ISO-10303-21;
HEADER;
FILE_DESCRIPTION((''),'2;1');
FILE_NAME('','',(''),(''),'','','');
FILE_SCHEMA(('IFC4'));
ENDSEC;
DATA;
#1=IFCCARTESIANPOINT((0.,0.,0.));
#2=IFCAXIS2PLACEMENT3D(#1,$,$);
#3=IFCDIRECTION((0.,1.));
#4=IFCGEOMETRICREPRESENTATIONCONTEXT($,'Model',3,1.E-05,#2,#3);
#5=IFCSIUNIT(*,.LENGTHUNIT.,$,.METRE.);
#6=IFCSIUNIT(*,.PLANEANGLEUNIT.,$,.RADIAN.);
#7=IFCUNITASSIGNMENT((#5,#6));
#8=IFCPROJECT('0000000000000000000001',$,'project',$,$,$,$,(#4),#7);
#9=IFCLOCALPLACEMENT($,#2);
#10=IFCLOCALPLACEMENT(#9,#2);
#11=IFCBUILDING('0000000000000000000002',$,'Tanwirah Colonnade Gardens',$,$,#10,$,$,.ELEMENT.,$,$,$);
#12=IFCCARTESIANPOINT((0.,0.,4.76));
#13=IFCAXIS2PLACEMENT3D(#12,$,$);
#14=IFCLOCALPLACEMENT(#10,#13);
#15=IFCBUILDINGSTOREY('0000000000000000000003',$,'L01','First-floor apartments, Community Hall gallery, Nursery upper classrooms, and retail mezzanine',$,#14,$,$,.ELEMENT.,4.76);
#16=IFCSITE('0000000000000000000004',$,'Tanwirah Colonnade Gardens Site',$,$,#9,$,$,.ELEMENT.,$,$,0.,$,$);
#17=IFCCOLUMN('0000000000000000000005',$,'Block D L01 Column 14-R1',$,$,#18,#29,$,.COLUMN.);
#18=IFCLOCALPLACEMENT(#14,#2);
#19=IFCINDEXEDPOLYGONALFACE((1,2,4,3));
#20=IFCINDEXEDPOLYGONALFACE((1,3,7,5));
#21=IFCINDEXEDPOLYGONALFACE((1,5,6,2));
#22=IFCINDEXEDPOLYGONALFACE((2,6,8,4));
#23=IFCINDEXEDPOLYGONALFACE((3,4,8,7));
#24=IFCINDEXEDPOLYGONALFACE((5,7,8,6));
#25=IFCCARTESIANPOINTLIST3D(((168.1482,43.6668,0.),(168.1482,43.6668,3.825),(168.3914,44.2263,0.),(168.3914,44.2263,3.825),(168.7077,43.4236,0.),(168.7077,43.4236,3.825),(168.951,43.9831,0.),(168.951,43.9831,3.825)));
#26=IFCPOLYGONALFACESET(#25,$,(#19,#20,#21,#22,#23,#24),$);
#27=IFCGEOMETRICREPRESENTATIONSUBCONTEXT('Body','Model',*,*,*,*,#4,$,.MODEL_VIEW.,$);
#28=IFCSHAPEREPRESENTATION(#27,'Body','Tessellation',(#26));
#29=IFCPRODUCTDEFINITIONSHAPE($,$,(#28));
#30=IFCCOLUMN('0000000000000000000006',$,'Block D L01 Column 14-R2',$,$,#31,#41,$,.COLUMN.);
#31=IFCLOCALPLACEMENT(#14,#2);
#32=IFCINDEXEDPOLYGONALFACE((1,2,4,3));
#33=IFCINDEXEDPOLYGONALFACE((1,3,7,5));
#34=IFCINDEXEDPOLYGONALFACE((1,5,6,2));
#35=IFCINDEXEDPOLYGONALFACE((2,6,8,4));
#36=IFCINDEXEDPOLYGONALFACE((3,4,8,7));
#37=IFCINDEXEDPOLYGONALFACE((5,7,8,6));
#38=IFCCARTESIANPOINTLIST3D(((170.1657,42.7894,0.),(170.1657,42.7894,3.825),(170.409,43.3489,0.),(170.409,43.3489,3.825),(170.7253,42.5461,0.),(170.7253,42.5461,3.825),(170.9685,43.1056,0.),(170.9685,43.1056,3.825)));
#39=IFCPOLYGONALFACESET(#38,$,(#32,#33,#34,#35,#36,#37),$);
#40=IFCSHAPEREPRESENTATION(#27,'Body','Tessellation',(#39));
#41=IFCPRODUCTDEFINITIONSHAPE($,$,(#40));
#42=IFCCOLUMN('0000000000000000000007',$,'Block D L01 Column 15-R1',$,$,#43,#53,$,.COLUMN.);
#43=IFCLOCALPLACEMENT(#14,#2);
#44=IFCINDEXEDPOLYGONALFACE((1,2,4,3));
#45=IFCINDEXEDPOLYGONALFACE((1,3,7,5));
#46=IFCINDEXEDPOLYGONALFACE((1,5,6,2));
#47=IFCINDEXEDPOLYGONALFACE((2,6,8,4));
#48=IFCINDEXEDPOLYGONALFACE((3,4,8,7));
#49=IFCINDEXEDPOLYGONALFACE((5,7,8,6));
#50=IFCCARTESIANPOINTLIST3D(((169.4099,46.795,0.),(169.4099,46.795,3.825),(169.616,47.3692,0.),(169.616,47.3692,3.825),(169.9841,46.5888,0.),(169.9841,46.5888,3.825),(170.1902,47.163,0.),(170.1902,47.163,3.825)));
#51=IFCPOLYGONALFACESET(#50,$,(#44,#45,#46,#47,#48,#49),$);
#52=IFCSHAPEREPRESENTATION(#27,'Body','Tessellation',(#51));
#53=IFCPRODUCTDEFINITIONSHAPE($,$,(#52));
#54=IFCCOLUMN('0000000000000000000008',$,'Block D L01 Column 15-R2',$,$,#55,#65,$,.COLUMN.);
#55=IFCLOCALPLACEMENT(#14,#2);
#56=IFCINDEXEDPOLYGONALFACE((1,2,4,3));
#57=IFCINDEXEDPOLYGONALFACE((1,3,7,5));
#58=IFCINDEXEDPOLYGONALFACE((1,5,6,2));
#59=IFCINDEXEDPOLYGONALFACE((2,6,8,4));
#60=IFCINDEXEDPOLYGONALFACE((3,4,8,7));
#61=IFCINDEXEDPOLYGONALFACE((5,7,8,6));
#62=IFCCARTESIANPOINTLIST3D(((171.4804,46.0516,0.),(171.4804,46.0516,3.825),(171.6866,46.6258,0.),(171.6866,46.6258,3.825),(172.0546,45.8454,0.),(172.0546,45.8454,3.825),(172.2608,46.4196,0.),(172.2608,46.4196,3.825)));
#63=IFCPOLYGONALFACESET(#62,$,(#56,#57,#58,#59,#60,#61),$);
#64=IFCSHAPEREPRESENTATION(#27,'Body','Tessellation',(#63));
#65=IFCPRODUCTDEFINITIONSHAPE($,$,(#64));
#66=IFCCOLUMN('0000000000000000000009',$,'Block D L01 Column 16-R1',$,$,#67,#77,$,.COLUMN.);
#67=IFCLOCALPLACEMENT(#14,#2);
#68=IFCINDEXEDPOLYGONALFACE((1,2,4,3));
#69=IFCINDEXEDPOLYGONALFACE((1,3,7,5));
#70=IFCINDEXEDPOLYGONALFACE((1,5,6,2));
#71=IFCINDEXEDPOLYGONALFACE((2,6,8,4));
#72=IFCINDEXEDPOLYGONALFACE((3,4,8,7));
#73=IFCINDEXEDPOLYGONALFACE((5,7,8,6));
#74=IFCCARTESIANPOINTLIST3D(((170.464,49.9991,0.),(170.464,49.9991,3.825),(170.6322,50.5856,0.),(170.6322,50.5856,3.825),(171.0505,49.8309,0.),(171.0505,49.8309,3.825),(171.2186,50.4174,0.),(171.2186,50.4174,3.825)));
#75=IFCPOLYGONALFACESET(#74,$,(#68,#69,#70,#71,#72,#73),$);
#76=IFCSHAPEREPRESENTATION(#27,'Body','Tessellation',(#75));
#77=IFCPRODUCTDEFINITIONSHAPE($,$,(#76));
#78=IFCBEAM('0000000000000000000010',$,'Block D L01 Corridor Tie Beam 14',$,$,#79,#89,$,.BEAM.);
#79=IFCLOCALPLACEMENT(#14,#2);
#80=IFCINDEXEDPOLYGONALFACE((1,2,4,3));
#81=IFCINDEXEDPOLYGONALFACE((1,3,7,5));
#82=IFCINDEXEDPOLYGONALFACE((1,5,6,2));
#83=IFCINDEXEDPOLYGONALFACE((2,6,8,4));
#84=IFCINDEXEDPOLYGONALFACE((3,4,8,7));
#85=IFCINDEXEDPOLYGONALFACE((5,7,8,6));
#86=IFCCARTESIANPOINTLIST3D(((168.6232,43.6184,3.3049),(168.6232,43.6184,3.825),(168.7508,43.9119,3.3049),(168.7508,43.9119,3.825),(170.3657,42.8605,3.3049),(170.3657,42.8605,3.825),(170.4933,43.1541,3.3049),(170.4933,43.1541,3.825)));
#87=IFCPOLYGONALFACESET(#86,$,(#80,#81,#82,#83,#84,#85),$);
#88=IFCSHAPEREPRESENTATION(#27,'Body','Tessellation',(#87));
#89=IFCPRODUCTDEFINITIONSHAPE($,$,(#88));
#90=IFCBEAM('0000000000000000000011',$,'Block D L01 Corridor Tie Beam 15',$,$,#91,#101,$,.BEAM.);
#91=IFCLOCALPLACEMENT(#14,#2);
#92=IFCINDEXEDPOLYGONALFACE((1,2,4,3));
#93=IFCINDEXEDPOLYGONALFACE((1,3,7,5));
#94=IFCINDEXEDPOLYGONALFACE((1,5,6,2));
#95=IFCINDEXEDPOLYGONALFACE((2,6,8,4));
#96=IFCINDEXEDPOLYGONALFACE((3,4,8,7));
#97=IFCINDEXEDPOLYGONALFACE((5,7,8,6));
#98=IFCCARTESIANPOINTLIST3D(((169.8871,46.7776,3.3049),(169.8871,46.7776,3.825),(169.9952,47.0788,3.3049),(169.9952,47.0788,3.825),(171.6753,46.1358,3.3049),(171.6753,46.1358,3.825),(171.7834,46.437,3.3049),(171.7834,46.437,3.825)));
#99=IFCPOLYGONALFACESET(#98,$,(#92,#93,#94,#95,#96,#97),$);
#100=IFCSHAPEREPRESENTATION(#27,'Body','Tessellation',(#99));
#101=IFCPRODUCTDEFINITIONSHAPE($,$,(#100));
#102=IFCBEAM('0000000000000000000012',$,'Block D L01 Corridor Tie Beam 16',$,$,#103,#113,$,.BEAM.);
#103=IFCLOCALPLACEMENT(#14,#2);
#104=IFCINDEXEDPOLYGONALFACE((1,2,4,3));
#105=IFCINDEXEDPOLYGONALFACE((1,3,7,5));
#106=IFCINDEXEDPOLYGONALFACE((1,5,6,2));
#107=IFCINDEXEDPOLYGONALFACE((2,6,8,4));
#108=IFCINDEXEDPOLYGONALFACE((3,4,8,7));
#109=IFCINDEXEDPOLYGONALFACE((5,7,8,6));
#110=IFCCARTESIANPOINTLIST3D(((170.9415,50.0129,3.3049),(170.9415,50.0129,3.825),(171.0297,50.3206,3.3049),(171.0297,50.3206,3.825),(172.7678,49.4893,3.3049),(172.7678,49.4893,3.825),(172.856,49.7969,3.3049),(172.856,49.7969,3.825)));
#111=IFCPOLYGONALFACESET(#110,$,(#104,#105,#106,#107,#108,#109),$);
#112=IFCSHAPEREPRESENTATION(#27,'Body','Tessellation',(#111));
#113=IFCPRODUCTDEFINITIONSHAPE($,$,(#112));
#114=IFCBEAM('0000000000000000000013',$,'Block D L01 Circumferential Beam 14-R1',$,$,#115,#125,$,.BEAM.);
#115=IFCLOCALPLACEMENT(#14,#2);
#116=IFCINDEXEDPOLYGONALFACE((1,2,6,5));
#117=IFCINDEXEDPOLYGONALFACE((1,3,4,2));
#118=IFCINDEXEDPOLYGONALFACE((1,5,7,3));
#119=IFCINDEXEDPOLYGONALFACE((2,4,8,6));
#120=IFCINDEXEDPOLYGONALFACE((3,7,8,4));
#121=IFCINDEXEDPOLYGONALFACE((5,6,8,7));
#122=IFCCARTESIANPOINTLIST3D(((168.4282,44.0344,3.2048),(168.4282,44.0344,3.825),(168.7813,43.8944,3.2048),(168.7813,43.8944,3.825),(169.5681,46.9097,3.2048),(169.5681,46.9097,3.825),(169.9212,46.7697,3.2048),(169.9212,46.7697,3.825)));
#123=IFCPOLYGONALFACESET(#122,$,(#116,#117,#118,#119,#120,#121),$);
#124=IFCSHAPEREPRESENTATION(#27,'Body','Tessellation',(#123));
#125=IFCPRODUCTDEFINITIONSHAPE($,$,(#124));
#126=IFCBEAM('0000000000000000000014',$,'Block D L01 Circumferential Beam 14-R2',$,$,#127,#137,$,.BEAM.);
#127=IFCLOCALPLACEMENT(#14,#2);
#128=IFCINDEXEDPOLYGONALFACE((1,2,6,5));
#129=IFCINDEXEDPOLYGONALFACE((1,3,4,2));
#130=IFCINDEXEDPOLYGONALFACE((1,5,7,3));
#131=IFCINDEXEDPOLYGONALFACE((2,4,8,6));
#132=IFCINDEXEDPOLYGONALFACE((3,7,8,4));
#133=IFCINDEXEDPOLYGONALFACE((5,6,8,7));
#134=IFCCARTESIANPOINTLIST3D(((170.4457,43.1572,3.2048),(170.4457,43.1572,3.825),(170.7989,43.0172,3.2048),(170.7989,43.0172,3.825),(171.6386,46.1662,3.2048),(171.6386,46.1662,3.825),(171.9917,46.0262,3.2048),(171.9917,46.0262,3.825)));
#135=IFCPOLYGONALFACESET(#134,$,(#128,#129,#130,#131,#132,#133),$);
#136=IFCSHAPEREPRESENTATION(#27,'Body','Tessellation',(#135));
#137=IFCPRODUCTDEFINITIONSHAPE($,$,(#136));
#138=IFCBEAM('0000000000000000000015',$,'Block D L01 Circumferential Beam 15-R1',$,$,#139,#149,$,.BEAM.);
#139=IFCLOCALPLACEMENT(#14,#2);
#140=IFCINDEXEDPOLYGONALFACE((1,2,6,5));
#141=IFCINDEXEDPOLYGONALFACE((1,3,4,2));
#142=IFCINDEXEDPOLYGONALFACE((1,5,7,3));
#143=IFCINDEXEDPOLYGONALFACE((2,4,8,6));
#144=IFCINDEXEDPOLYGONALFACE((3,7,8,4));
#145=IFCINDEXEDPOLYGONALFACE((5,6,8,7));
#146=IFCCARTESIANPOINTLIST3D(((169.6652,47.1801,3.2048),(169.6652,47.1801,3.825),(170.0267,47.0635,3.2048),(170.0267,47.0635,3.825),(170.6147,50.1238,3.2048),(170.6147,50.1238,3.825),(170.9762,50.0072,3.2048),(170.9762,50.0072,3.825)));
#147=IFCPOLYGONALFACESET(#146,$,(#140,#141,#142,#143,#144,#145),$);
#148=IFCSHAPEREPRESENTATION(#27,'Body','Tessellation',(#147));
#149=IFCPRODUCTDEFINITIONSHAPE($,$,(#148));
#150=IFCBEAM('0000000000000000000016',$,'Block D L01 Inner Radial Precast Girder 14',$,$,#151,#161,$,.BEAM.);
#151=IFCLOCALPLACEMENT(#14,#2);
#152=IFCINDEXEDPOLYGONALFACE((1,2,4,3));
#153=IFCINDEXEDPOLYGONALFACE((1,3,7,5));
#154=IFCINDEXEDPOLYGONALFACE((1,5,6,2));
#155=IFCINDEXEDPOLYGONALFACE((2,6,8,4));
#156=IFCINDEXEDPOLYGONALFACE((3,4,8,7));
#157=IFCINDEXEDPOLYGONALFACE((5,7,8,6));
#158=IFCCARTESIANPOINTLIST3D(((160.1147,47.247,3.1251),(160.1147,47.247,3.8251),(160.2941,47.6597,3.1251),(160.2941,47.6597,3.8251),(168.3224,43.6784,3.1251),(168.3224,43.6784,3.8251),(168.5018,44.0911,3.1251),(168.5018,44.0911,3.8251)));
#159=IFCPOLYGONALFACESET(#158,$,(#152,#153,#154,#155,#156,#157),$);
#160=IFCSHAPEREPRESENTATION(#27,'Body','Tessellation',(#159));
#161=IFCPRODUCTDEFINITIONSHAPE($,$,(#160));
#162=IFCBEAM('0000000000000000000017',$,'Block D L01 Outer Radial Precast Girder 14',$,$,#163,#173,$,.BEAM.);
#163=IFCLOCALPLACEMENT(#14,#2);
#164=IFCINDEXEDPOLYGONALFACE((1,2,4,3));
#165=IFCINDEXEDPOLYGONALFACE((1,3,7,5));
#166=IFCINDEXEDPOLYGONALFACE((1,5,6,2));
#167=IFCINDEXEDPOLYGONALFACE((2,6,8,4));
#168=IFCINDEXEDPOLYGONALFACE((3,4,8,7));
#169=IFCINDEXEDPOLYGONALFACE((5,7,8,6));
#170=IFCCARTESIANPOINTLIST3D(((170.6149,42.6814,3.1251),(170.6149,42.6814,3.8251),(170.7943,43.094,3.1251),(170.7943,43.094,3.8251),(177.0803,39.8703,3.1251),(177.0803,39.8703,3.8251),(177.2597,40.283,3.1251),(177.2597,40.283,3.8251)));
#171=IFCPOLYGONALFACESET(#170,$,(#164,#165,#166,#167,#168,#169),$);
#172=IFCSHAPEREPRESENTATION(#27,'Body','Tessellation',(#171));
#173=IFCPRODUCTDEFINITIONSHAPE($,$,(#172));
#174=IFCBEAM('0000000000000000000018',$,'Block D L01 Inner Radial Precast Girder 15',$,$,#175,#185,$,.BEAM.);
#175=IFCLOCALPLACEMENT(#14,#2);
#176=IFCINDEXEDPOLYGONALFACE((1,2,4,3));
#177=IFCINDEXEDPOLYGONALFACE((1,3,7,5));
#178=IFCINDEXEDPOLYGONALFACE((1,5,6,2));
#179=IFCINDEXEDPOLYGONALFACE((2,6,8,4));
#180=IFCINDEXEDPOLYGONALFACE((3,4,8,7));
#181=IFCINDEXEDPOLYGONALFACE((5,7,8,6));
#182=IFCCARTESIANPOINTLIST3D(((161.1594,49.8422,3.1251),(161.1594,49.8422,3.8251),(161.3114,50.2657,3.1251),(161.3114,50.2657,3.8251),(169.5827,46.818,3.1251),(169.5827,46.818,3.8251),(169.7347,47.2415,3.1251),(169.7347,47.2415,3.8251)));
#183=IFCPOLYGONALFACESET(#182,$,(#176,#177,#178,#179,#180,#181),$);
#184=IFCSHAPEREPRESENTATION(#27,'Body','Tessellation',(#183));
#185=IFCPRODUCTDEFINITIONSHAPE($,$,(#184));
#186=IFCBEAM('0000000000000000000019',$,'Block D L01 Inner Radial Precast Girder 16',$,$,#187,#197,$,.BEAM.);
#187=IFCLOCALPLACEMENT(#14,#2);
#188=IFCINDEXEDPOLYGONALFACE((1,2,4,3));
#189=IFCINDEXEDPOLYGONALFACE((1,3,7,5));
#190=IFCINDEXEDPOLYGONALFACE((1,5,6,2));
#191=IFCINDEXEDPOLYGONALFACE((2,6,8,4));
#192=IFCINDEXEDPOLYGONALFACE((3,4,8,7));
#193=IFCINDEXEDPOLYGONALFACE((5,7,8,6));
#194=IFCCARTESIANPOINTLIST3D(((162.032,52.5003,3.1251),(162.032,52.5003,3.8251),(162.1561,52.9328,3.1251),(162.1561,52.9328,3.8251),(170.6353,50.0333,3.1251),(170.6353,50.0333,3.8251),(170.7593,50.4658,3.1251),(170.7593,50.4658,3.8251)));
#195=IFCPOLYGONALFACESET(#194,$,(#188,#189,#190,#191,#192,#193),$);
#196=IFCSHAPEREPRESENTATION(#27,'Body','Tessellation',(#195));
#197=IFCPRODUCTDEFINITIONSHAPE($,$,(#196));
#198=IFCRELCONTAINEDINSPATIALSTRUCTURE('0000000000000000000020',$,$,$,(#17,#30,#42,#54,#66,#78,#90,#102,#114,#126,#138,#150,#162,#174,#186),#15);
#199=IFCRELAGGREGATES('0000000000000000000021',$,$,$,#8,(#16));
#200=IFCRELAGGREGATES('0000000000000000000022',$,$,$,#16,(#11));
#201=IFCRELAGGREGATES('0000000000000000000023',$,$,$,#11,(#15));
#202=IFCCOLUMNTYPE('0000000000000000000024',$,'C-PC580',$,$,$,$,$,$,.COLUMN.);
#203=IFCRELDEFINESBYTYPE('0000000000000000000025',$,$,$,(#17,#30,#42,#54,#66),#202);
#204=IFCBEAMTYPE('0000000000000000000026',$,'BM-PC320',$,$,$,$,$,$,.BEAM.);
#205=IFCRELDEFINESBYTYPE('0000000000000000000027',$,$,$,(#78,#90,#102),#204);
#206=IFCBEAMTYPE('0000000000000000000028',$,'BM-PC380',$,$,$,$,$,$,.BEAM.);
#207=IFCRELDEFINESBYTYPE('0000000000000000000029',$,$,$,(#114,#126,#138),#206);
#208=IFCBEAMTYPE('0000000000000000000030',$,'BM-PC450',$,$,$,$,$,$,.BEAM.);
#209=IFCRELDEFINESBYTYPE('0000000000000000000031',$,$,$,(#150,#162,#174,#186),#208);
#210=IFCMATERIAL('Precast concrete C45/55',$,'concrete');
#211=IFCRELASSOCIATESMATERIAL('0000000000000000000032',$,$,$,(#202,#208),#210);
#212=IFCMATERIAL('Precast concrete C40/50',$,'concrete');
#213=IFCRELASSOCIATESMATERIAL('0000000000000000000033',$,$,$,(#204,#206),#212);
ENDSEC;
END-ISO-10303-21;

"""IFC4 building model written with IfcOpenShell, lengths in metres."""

from ifc_helpers import new_model, si_unit, direction, frame, origin, origin_2d, place, context, subcontext, project, spatial, rectangle, extrude, material, material_profile, profile_set, type_object, element, save


model = new_model("IFC4")

# Units and contexts
model_context = context("Model", 3, precision=1e-05, world=origin(), true_north=direction((0.0, 1.0)))
body_context = subcontext(model_context, "Body", "Model", "MODEL_VIEW")
ifc_project = project(units=[si_unit("LENGTHUNIT", "METRE"), si_unit("PLANEANGLEUNIT", "RADIAN")], contexts=[model_context])

# Site, building, storey
site_placement = place(None, origin())
site = spatial("IfcSite", under=ifc_project, at=site_placement, Name="Tanwirah Colonnade Gardens Site", CompositionType="ELEMENT", RefElevation=0.0)
building_placement = place(site_placement, origin())
building = spatial("IfcBuilding", under=site, at=building_placement, Name="Tanwirah Colonnade Gardens", CompositionType="ELEMENT")
storey_placement = place(building_placement, frame((0.0, 0.0, 4.76)))
storey = spatial("IfcBuildingStorey", under=building, at=storey_placement, Name="L01", Description="First-floor apartments, Community Hall gallery, Nursery upper classrooms, and retail mezzanine", CompositionType="ELEMENT", Elevation=4.76)

# Columns
ifc_material_1 = material(Name="Precast concrete C45/55", Category="concrete")
ifc_material_profile_1 = material_profile(ifc_material_1, rectangle(XDim=0.6101, YDim=0.6101, at=origin_2d()), Name="PC-COL 610x610")
ifc_profile_set_1 = profile_set([ifc_material_profile_1], Name="Precast concrete C45/55")
column_type = type_object("IfcColumnType", Name="C-PC580", PredefinedType="COLUMN", material=ifc_profile_set_1)
for number, where, z_axis, x_axis, name in (
    (1, (168.5496, 43.825, 0.0), (0.0, 0.0, 1.0), (0.91706, -0.398749, 0.0), "Block D L01 Column 14-R1"),
    (2, (170.5671, 42.9475, 0.0), (0.0, 0.0, 1.0), (0.91706, -0.398749, 0.0), "Block D L01 Column 14-R2"),
    (3, (169.8, 46.979, 0.0), (0.0, 0.0, 1.0), (0.941176, -0.337917, 0.0), "Block D L01 Column 15-R1"),
    (4, (171.8706, 46.2356, 0.0), (0.0, 0.0, 1.0), (0.941176, -0.337917, 0.0), "Block D L01 Column 15-R2"),
    (5, (170.8413, 50.2083, 0.0), (0.0, 0.0, 1.0), (0.961262, -0.275637, 0.0), "Block D L01 Column 16-R1"),
):
    element("IfcColumn", number, at=place(storey_placement, frame(where, z_axis=z_axis, x_axis=x_axis)), inside=storey, type_object=column_type, Name=name, PredefinedType="COLUMN", context=body_context, shape_type="SweptSolid", body=[
        extrude(rectangle(XDim=0.6101, YDim=0.6101, at=origin_2d()), origin(), (0.0, 0.0, 1.0), 3.825),
    ])

# Beams
ifc_material_2 = material(Name="Precast concrete C40/50", Category="concrete")
ifc_material_profile_2 = material_profile(ifc_material_2, rectangle(XDim=0.3201, YDim=0.52, at=origin_2d()), Name="PC-BM 320x520")
ifc_profile_set_2 = profile_set([ifc_material_profile_2], Name="Precast concrete C40/50")
beam_type_1 = type_object("IfcBeamType", Name="BM-PC320", PredefinedType="BEAM", material=ifc_profile_set_2)
beam_1_placement = place(storey_placement, frame((168.687, 43.7651, 3.5649), z_axis=(0.917025, -0.398829, 0.0), x_axis=(0.398829, 0.917025, 0.0)))
element("IfcBeam", 6, at=beam_1_placement, inside=storey, type_object=beam_type_1, Name="Block D L01 Corridor Tie Beam 14", PredefinedType="BEAM", context=body_context, shape_type="SweptSolid", body=[
    extrude(rectangle(XDim=0.3201, YDim=0.52, at=origin_2d()), origin(), (0.0, 0.0, 1.0), 1.9001),
])
for number, where, z_axis, x_axis, name in (
    (7, (169.9412, 46.9282, 3.5649), (0.941215, -0.337809, 0.0), (0.337809, 0.941215, 0.0), "Block D L01 Corridor Tie Beam 15"),
    (8, (170.9856, 50.1667, 3.5649), (0.961267, -0.27562, 0.0), (0.27562, 0.961267, 0.0), "Block D L01 Corridor Tie Beam 16"),
):
    element("IfcBeam", number, at=place(storey_placement, frame(where, z_axis=z_axis, x_axis=x_axis)), inside=storey, type_object=beam_type_1, Name=name, PredefinedType="BEAM", context=body_context, shape_type="SweptSolid", body=[
        extrude(rectangle(XDim=0.3201, YDim=0.52, at=origin_2d()), origin(), (0.0, 0.0, 1.0), 1.8999),
    ])
ifc_material_profile_3 = material_profile(ifc_material_2, rectangle(XDim=0.3799, YDim=0.6201, at=origin_2d()), Name="PC-BM 380x620")
ifc_profile_set_3 = profile_set([ifc_material_profile_3], Name="Precast concrete C40/50")
beam_type_2 = type_object("IfcBeamType", Name="BM-PC380", PredefinedType="BEAM", material=ifc_profile_set_3)
beam_2_placement = place(storey_placement, frame((168.6047, 43.9644, 3.5149), z_axis=(0.368545, 0.92961, 0.0), x_axis=(-0.92961, 0.368545, 0.0)))
element("IfcBeam", 9, at=beam_2_placement, inside=storey, type_object=beam_type_2, Name="Block D L01 Circumferential Beam 14-R1", PredefinedType="BEAM", context=body_context, shape_type="SweptSolid", body=[
    extrude(rectangle(XDim=0.3799, YDim=0.6201, at=origin_2d()), origin(), (0.0, 0.0, 1.0), 3.093),
])
beam_3_placement = place(storey_placement, frame((170.6223, 43.0872, 3.5149), z_axis=(0.368528, 0.929617, 0.0), x_axis=(-0.929617, 0.368528, 0.0)))
element("IfcBeam", 10, at=beam_3_placement, inside=storey, type_object=beam_type_2, Name="Block D L01 Circumferential Beam 14-R2", PredefinedType="BEAM", context=body_context, shape_type="SweptSolid", body=[
    extrude(rectangle(XDim=0.3799, YDim=0.6201, at=origin_2d()), origin(), (0.0, 0.0, 1.0), 3.2368),
])
beam_4_placement = place(storey_placement, frame((169.8459, 47.1218, 3.5149), z_axis=(0.306977, 0.951717, 0.0), x_axis=(-0.951717, 0.306977, 0.0)))
element("IfcBeam", 11, at=beam_4_placement, inside=storey, type_object=beam_type_2, Name="Block D L01 Circumferential Beam 15-R1", PredefinedType="BEAM", context=body_context, shape_type="SweptSolid", body=[
    extrude(rectangle(XDim=0.3799, YDim=0.6201, at=origin_2d()), origin(), (0.0, 0.0, 1.0), 3.093),
])
ifc_material_profile_4 = material_profile(ifc_material_1, rectangle(XDim=0.45, YDim=0.7, at=origin_2d()), Name="PC-BM 450x700")
ifc_profile_set_4 = profile_set([ifc_material_profile_4], Name="Precast concrete C45/55")
beam_type_3 = type_object("IfcBeamType", Name="BM-PC450", PredefinedType="BEAM", material=ifc_profile_set_4)
beam_5_placement = place(storey_placement, frame((168.4121, 43.8848, 3.4751), z_axis=(-0.91707, 0.398727, 0.0), x_axis=(-0.398727, -0.91707, 0.0)))
element("IfcBeam", 12, at=beam_5_placement, inside=storey, type_object=beam_type_3, Name="Block D L01 Inner Radial Precast Girder 14", PredefinedType="BEAM", context=body_context, shape_type="SweptSolid", body=[
    extrude(rectangle(XDim=0.45, YDim=0.7, at=origin_2d()), origin(), (0.0, 0.0, 1.0), 8.95),
])
beam_6_placement = place(storey_placement, frame((170.7046, 42.8877, 3.4751), z_axis=(0.917069, -0.398729, 0.0), x_axis=(0.398729, 0.917069, 0.0)))
element("IfcBeam", 13, at=beam_6_placement, inside=storey, type_object=beam_type_3, Name="Block D L01 Outer Radial Precast Girder 14", PredefinedType="BEAM", context=body_context, shape_type="SweptSolid", body=[
    extrude(rectangle(XDim=0.45, YDim=0.7, at=origin_2d()), origin(), (0.0, 0.0, 1.0), 7.05),
])
beam_7_placement = place(storey_placement, frame((169.6587, 47.0298, 3.4751), z_axis=(-0.94118, 0.337905, 0.0), x_axis=(-0.337905, -0.94118, 0.0)))
element("IfcBeam", 14, at=beam_7_placement, inside=storey, type_object=beam_type_3, Name="Block D L01 Inner Radial Precast Girder 15", PredefinedType="BEAM", context=body_context, shape_type="SweptSolid", body=[
    extrude(rectangle(XDim=0.45, YDim=0.7, at=origin_2d()), origin(), (0.0, 0.0, 1.0), 8.9497),
])
beam_8_placement = place(storey_placement, frame((170.6973, 50.2495, 3.4751), z_axis=(-0.961259, 0.275647, 0.0), x_axis=(-0.275647, -0.961259, 0.0)))
element("IfcBeam", 15, at=beam_8_placement, inside=storey, type_object=beam_type_3, Name="Block D L01 Inner Radial Precast Girder 16", PredefinedType="BEAM", context=body_context, shape_type="SweptSolid", body=[
    extrude(rectangle(XDim=0.45, YDim=0.7, at=origin_2d()), origin(), (0.0, 0.0, 1.0), 8.95),
])

save(model, "model.ifc")
